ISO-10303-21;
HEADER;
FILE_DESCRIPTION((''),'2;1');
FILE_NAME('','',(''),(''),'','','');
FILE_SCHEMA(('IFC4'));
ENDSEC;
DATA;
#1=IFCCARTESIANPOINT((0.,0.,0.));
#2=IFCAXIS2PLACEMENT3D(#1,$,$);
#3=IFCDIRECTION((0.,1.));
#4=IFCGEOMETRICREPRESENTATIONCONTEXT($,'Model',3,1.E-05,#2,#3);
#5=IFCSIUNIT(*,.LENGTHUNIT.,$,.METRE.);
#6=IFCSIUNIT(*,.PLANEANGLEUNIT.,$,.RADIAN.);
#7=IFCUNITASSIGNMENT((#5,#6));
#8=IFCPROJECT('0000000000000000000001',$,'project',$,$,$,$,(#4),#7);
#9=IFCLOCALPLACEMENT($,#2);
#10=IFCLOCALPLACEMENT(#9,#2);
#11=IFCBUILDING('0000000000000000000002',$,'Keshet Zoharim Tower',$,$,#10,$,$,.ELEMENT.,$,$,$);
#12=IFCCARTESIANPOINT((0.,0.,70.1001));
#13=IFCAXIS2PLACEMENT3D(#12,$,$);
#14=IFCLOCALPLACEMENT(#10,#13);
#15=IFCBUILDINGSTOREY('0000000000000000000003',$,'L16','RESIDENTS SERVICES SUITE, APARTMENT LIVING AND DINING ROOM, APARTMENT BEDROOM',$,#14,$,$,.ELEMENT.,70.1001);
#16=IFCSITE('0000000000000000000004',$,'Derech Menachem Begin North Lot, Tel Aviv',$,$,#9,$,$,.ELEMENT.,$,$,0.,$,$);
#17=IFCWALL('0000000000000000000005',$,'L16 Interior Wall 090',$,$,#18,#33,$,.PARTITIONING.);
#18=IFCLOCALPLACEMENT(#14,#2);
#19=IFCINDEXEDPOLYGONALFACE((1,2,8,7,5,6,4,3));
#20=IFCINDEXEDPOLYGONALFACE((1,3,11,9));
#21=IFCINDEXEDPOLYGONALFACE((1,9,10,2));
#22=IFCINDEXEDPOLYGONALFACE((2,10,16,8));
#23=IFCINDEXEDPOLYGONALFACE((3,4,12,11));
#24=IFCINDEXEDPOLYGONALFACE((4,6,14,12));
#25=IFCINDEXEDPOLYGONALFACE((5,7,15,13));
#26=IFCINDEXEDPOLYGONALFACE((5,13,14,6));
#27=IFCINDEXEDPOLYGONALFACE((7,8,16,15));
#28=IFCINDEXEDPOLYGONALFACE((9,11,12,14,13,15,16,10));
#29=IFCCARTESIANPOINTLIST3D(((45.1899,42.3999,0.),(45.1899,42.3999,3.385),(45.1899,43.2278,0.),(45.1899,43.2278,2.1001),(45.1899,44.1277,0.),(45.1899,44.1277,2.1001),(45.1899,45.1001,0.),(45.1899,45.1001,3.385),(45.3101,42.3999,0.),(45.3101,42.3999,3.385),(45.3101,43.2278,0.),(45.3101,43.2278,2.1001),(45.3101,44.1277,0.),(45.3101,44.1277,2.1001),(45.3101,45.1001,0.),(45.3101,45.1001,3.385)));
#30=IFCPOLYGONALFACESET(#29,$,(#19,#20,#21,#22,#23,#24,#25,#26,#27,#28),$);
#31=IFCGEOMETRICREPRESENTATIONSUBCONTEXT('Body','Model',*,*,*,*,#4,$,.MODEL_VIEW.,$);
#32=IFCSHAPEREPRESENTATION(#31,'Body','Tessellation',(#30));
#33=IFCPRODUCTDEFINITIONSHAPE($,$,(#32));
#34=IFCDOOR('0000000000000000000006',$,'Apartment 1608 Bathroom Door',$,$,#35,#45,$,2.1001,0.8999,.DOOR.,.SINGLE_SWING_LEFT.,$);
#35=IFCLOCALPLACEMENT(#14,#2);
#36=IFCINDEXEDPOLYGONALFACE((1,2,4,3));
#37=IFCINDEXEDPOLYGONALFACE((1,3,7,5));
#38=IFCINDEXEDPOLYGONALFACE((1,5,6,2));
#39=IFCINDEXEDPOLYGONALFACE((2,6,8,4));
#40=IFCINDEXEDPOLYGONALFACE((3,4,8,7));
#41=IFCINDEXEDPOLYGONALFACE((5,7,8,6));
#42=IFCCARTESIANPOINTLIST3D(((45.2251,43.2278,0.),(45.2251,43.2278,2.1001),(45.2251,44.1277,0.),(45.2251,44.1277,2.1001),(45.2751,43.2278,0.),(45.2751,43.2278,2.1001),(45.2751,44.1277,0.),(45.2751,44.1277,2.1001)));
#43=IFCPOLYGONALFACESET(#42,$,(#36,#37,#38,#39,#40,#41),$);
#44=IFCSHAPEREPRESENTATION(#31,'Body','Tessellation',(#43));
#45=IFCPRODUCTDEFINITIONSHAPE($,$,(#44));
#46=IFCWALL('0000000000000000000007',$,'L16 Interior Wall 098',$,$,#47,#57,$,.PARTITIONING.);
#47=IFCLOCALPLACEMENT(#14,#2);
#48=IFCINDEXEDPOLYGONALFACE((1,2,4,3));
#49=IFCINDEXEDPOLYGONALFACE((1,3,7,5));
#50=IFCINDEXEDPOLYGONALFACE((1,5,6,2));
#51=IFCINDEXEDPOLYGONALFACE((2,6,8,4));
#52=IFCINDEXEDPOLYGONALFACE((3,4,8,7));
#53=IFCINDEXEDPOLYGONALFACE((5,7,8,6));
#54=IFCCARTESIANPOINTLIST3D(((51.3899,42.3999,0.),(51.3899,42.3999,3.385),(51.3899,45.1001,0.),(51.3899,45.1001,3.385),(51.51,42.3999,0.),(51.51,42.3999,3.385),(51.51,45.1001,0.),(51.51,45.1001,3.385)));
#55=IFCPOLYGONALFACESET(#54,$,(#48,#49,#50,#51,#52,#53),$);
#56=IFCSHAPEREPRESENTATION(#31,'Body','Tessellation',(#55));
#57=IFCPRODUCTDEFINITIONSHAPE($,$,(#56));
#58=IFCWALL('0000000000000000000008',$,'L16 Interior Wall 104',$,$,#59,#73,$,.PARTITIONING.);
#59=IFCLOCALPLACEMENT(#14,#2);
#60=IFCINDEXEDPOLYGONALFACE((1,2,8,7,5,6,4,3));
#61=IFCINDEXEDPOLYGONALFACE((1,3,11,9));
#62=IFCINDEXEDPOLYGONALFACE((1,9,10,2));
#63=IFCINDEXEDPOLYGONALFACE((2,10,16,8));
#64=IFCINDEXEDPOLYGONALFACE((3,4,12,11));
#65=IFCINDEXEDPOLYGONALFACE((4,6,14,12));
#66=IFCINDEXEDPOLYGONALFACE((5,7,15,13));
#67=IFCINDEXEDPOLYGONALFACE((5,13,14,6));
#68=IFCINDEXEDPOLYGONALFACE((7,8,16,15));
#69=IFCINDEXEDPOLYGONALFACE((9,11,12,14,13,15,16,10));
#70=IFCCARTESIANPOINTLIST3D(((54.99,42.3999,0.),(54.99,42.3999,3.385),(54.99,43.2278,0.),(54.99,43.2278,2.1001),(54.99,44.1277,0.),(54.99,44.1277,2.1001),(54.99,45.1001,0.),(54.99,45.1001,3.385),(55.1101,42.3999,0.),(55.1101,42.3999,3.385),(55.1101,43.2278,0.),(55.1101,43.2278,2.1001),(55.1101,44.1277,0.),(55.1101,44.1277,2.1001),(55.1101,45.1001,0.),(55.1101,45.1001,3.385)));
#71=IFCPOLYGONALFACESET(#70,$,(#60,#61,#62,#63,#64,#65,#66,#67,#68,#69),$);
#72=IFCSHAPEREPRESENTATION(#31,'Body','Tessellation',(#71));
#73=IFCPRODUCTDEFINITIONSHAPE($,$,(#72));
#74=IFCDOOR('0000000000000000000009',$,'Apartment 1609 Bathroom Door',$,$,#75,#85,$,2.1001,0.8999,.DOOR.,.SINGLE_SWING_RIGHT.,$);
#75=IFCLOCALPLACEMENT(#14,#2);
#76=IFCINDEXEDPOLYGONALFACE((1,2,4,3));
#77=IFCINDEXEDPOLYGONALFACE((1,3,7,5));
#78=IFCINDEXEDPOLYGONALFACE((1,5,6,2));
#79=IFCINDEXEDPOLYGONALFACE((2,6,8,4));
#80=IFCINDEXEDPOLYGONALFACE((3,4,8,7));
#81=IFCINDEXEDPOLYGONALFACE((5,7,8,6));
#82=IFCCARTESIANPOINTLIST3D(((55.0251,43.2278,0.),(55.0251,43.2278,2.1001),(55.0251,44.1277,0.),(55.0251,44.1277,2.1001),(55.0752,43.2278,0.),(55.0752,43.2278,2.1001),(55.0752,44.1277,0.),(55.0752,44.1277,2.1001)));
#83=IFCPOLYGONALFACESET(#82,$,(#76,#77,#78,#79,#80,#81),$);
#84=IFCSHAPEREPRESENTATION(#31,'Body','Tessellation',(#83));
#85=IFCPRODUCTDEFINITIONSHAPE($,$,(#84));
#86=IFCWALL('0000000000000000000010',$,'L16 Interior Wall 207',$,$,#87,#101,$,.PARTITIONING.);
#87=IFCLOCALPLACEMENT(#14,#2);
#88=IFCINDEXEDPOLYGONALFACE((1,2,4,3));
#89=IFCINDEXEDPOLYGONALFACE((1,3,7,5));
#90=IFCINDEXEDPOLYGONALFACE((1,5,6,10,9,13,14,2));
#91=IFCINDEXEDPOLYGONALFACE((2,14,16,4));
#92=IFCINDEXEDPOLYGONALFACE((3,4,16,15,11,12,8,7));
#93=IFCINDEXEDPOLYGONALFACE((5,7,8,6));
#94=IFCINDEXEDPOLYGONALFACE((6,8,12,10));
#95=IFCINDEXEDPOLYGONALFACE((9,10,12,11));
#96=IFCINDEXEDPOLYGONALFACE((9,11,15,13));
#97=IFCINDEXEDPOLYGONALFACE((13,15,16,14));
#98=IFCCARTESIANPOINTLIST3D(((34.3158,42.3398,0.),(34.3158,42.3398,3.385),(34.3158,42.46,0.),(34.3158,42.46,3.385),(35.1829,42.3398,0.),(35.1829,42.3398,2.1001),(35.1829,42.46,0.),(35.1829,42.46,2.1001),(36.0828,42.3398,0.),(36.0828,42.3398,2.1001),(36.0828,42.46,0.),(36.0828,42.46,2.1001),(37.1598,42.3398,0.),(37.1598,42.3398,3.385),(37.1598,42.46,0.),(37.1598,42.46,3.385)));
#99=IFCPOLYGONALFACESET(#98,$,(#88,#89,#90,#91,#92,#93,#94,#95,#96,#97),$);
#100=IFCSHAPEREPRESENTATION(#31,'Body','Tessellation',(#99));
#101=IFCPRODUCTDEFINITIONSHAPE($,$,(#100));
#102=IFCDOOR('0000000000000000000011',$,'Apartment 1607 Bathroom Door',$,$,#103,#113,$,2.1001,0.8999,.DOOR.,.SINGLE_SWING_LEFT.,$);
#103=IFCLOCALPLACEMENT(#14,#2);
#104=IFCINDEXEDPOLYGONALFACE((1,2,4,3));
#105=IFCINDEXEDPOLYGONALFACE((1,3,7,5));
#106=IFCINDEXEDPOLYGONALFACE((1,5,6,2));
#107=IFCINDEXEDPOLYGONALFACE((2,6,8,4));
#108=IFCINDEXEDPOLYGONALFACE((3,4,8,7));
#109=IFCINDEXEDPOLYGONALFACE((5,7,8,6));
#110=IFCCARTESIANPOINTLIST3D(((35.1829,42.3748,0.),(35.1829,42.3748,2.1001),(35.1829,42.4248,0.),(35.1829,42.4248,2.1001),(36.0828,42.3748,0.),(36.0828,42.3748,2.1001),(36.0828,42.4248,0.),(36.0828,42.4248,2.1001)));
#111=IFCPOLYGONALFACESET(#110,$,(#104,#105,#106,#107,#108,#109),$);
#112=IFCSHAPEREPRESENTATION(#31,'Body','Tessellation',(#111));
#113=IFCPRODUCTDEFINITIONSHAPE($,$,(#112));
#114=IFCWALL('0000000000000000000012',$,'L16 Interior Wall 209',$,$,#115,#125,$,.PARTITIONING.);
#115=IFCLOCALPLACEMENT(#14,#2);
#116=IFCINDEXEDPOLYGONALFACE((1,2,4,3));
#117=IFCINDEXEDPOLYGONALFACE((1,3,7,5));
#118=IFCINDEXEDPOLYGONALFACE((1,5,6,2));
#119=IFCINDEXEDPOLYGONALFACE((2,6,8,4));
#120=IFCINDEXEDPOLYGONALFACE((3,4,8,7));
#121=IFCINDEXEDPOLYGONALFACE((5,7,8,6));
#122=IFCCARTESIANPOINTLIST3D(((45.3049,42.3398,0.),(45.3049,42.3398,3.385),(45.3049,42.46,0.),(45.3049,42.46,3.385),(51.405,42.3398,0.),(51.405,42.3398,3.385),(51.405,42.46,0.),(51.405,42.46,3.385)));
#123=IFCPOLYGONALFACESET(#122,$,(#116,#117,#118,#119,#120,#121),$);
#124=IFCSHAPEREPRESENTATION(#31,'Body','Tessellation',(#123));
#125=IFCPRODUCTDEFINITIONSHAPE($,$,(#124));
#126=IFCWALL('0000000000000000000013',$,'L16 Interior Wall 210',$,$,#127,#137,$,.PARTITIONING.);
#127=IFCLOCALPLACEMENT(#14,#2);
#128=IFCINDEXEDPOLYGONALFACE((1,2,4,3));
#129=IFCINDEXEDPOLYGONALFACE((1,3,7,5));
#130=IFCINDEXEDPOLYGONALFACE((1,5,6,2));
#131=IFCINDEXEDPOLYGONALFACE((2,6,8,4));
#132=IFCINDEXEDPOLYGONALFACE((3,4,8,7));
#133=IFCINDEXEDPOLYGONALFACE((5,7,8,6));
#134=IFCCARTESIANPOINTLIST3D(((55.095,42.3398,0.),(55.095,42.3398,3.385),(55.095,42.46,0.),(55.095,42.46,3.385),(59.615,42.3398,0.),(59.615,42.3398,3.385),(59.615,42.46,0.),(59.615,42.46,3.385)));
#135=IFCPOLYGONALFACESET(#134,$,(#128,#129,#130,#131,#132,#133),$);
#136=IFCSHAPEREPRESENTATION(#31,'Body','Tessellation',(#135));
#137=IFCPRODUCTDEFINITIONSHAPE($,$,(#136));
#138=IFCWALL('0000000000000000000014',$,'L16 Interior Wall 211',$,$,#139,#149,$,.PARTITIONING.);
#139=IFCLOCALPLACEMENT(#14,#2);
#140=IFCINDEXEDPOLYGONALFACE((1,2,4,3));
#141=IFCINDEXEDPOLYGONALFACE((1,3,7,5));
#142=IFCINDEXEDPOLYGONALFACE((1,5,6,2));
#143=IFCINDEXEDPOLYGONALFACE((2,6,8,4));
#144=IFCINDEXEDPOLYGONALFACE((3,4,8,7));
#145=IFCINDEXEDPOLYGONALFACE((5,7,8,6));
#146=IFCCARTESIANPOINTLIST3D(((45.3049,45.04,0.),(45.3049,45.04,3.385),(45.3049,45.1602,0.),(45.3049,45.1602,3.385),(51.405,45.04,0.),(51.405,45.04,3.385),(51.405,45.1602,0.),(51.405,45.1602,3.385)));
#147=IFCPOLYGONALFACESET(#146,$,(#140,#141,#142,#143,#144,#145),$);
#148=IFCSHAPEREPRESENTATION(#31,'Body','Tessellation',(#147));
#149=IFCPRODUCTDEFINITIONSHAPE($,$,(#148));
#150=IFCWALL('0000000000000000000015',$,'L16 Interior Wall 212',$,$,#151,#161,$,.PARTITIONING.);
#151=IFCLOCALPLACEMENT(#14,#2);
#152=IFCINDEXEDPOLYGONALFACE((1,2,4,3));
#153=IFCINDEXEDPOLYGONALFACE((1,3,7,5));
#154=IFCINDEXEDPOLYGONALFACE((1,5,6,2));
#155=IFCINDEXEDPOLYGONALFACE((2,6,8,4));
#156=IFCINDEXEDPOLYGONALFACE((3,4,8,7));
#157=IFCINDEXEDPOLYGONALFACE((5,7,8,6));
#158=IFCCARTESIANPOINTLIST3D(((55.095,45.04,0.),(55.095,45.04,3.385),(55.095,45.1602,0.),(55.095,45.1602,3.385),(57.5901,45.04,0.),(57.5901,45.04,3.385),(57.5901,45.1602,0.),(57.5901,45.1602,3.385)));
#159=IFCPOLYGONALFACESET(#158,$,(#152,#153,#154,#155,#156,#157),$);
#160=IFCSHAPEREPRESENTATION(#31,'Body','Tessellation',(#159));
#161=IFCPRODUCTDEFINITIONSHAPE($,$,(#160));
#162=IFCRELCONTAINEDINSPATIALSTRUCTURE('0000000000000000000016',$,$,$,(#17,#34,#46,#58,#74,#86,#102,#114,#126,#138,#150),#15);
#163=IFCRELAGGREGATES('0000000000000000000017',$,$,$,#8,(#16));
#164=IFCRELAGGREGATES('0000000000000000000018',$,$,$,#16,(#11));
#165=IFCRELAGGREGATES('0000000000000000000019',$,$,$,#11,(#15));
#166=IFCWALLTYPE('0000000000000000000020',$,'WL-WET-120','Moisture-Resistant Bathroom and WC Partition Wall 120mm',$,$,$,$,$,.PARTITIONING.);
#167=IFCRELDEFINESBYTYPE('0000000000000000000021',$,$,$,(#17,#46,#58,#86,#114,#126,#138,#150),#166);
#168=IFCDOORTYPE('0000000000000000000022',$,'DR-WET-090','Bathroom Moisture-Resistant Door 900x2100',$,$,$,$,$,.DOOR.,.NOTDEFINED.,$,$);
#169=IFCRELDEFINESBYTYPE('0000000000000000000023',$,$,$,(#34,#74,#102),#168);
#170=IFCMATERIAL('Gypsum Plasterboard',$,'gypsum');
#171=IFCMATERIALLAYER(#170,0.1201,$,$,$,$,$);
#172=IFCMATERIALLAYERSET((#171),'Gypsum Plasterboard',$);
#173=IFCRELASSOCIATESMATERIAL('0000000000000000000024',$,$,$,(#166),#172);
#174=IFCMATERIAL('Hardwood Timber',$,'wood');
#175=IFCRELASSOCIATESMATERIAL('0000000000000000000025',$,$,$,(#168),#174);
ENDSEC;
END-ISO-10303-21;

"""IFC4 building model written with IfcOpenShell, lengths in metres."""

from ifc_helpers import new_model, si_unit, direction, frame, frame_2d, origin, place, context, subcontext, project, spatial, rectangle, extrude, material, layer, layer_set, type_object, element, fill, save


model = new_model("IFC4")

# Units and contexts
model_context = context("Model", 3, precision=1e-05, world=origin(), true_north=direction((0.0, 1.0)))
body_context = subcontext(model_context, "Body", "Model", "MODEL_VIEW")
ifc_project = project(units=[si_unit("LENGTHUNIT", "METRE"), si_unit("PLANEANGLEUNIT", "RADIAN")], contexts=[model_context])

# Site, building, storey
site_placement = place(None, origin())
site = spatial("IfcSite", under=ifc_project, at=site_placement, Name="Derech Menachem Begin North Lot, Tel Aviv", CompositionType="ELEMENT", RefElevation=0.0)
building_placement = place(site_placement, origin())
building = spatial("IfcBuilding", under=site, at=building_placement, Name="Keshet Zoharim Tower", CompositionType="ELEMENT")
storey_placement = place(building_placement, frame((0.0, 0.0, 70.1001)))
storey = spatial("IfcBuildingStorey", under=building, at=storey_placement, Name="L16", Description="RESIDENTS SERVICES SUITE, APARTMENT LIVING AND DINING ROOM, APARTMENT BEDROOM", CompositionType="ELEMENT", Elevation=70.1001)

# Shared definitions
ifc_material_1 = material(Name="Gypsum Plasterboard", Category="gypsum")

# Shared definitions
ifc_material_2 = material(Name="Hardwood Timber", Category="wood")

# Wall, opening, door
ifc_layer_1 = layer(ifc_material_1, 0.1201)
ifc_layer_set_1 = layer_set([ifc_layer_1], Name="Gypsum Plasterboard")
wall_type_1 = type_object("IfcWallType", Name="WL-WET-120", Description="Moisture-Resistant Bathroom and WC Partition Wall 120mm", PredefinedType="PARTITIONING", material=ifc_layer_set_1)
wall_1_placement = place(storey_placement, frame((45.25, 42.3999, 0.0), z_axis=(0.0, 0.0, 1.0), x_axis=(0.0, 1.0, 0.0)))
wall_1 = element("IfcWall", 1, at=wall_1_placement, inside=storey, type_object=wall_type_1, Name="L16 Interior Wall 090", PredefinedType="PARTITIONING", context=body_context, shape_type="SweptSolid", body=[
    extrude(rectangle(XDim=2.7002, YDim=0.1201, at=frame_2d((1.3501, 0.0))), origin(), (0.0, 0.0, 1.0), 3.385),
])
opening_1_placement = place(wall_1_placement, frame((0.8279, 0.0, 0.0)))
opening_1 = element("IfcOpeningElement", 2, at=opening_1_placement, cuts=wall_1, PredefinedType="OPENING", context=body_context, shape_type="SweptSolid", body=[
    extrude(rectangle(XDim=0.8999, YDim=2.1001, at=frame_2d((0.45, 1.05))), frame((0.0, 0.0701, 0.0), z_axis=(0.0, -1.0, 0.0), x_axis=(1.0, 0.0, 0.0)), (0.0, 0.0, 1.0), 0.1401),
])
door_type_1 = type_object("IfcDoorType", Name="DR-WET-090", Description="Bathroom Moisture-Resistant Door 900x2100", OperationType="NOTDEFINED", PredefinedType="DOOR", material=ifc_material_2)
door_1_placement = place(opening_1_placement, origin())
door_1 = element("IfcDoor", 3, at=door_1_placement, inside=storey, type_object=door_type_1, Name="Apartment 1608 Bathroom Door", OperationType="SINGLE_SWING_LEFT", OverallHeight=2.1001, OverallWidth=0.8999, PredefinedType="DOOR", context=body_context, shape_type="SweptSolid", body=[
    extrude(rectangle(XDim=0.8999, YDim=2.1001, at=frame_2d((0.45, 1.05))), frame((0.0, 0.0249, 0.0), z_axis=(0.0, -1.0, 0.0), x_axis=(1.0, 0.0, 0.0)), (0.0, 0.0, 1.0), 0.05),
])
fill(opening_1, door_1)

# Wall
wall_2_placement = place(storey_placement, frame((51.45, 42.3999, 0.0), z_axis=(0.0, 0.0, 1.0), x_axis=(0.0, 1.0, 0.0)))
element("IfcWall", 4, at=wall_2_placement, inside=storey, type_object=wall_type_1, Name="L16 Interior Wall 098", PredefinedType="PARTITIONING", context=body_context, shape_type="SweptSolid", body=[
    extrude(rectangle(XDim=2.7002, YDim=0.1201, at=frame_2d((1.3501, 0.0))), origin(), (0.0, 0.0, 1.0), 3.385),
])

# Walls, openings, doors
wall_3_placement = place(storey_placement, frame((55.05, 42.3999, 0.0), z_axis=(0.0, 0.0, 1.0), x_axis=(0.0, 1.0, 0.0)))
wall_3 = element("IfcWall", 5, at=wall_3_placement, inside=storey, type_object=wall_type_1, Name="L16 Interior Wall 104", PredefinedType="PARTITIONING", context=body_context, shape_type="SweptSolid", body=[
    extrude(rectangle(XDim=2.7002, YDim=0.1201, at=frame_2d((1.3501, 0.0))), origin(), (0.0, 0.0, 1.0), 3.385),
])
opening_2_placement = place(wall_3_placement, frame((0.8279, 0.0, 0.0)))
opening_2 = element("IfcOpeningElement", 6, at=opening_2_placement, cuts=wall_3, PredefinedType="OPENING", context=body_context, shape_type="SweptSolid", body=[
    extrude(rectangle(XDim=0.8999, YDim=2.1001, at=frame_2d((0.45, 1.05))), frame((0.0, 0.0701, 0.0), z_axis=(0.0, -1.0, 0.0), x_axis=(1.0, 0.0, 0.0)), (0.0, 0.0, 1.0), 0.1401),
])
door_2_placement = place(opening_2_placement, origin())
door_2 = element("IfcDoor", 7, at=door_2_placement, inside=storey, type_object=door_type_1, Name="Apartment 1609 Bathroom Door", OperationType="SINGLE_SWING_RIGHT", OverallHeight=2.1001, OverallWidth=0.8999, PredefinedType="DOOR", context=body_context, shape_type="SweptSolid", body=[
    extrude(rectangle(XDim=0.8999, YDim=2.1001, at=frame_2d((0.45, 1.05))), frame((0.0, 0.0249, 0.0), z_axis=(0.0, -1.0, 0.0), x_axis=(1.0, 0.0, 0.0)), (0.0, 0.0, 1.0), 0.05),
])
fill(opening_2, door_2)
wall_4_placement = place(storey_placement, frame((34.3159, 42.3999, 0.0), z_axis=(0.0, 0.0, 1.0), x_axis=(1.0, 0.0, 0.0)))
wall_4 = element("IfcWall", 8, at=wall_4_placement, inside=storey, type_object=wall_type_1, Name="L16 Interior Wall 207", PredefinedType="PARTITIONING", context=body_context, shape_type="SweptSolid", body=[
    extrude(rectangle(XDim=2.844, YDim=0.1201, at=frame_2d((1.4219, 0.0))), origin(), (0.0, 0.0, 1.0), 3.385),
])
opening_3_placement = place(wall_4_placement, frame((0.8669, 0.0, 0.0)))
opening_3 = element("IfcOpeningElement", 9, at=opening_3_placement, cuts=wall_4, PredefinedType="OPENING", context=body_context, shape_type="SweptSolid", body=[
    extrude(rectangle(XDim=0.8999, YDim=2.1001, at=frame_2d((0.45, 1.05))), frame((0.0, 0.0701, 0.0), z_axis=(0.0, -1.0, 0.0), x_axis=(1.0, 0.0, 0.0)), (0.0, 0.0, 1.0), 0.1401),
])
door_3_placement = place(opening_3_placement, origin())
door_3 = element("IfcDoor", 10, at=door_3_placement, inside=storey, type_object=door_type_1, Name="Apartment 1607 Bathroom Door", OperationType="SINGLE_SWING_LEFT", OverallHeight=2.1001, OverallWidth=0.8999, PredefinedType="DOOR", context=body_context, shape_type="SweptSolid", body=[
    extrude(rectangle(XDim=0.8999, YDim=2.1001, at=frame_2d((0.45, 1.05))), frame((0.0, 0.0249, 0.0), z_axis=(0.0, -1.0, 0.0), x_axis=(1.0, 0.0, 0.0)), (0.0, 0.0, 1.0), 0.05),
])
fill(opening_3, door_3)

# Walls
wall_5_placement = place(storey_placement, frame((45.3049, 42.3999, 0.0), z_axis=(0.0, 0.0, 1.0), x_axis=(1.0, 0.0, 0.0)))
element("IfcWall", 11, at=wall_5_placement, inside=storey, type_object=wall_type_1, Name="L16 Interior Wall 209", PredefinedType="PARTITIONING", context=body_context, shape_type="SweptSolid", body=[
    extrude(rectangle(XDim=6.1001, YDim=0.1201, at=frame_2d((3.05, 0.0))), origin(), (0.0, 0.0, 1.0), 3.385),
])
wall_6_placement = place(storey_placement, frame((55.095, 42.3999, 0.0), z_axis=(0.0, 0.0, 1.0), x_axis=(1.0, 0.0, 0.0)))
element("IfcWall", 12, at=wall_6_placement, inside=storey, type_object=wall_type_1, Name="L16 Interior Wall 210", PredefinedType="PARTITIONING", context=body_context, shape_type="SweptSolid", body=[
    extrude(rectangle(XDim=4.52, YDim=0.1201, at=frame_2d((2.26, 0.0))), origin(), (0.0, 0.0, 1.0), 3.385),
])
wall_7_placement = place(storey_placement, frame((45.3049, 45.1001, 0.0), z_axis=(0.0, 0.0, 1.0), x_axis=(1.0, 0.0, 0.0)))
element("IfcWall", 13, at=wall_7_placement, inside=storey, type_object=wall_type_1, Name="L16 Interior Wall 211", PredefinedType="PARTITIONING", context=body_context, shape_type="SweptSolid", body=[
    extrude(rectangle(XDim=6.1001, YDim=0.1201, at=frame_2d((3.05, 0.0))), origin(), (0.0, 0.0, 1.0), 3.385),
])
wall_8_placement = place(storey_placement, frame((55.095, 45.1001, 0.0), z_axis=(0.0, 0.0, 1.0), x_axis=(1.0, 0.0, 0.0)))
element("IfcWall", 14, at=wall_8_placement, inside=storey, type_object=wall_type_1, Name="L16 Interior Wall 212", PredefinedType="PARTITIONING", context=body_context, shape_type="SweptSolid", body=[
    extrude(rectangle(XDim=2.4951, YDim=0.1201, at=frame_2d((1.2476, 0.0))), origin(), (0.0, 0.0, 1.0), 3.385),
])

save(model, "model.ifc")
